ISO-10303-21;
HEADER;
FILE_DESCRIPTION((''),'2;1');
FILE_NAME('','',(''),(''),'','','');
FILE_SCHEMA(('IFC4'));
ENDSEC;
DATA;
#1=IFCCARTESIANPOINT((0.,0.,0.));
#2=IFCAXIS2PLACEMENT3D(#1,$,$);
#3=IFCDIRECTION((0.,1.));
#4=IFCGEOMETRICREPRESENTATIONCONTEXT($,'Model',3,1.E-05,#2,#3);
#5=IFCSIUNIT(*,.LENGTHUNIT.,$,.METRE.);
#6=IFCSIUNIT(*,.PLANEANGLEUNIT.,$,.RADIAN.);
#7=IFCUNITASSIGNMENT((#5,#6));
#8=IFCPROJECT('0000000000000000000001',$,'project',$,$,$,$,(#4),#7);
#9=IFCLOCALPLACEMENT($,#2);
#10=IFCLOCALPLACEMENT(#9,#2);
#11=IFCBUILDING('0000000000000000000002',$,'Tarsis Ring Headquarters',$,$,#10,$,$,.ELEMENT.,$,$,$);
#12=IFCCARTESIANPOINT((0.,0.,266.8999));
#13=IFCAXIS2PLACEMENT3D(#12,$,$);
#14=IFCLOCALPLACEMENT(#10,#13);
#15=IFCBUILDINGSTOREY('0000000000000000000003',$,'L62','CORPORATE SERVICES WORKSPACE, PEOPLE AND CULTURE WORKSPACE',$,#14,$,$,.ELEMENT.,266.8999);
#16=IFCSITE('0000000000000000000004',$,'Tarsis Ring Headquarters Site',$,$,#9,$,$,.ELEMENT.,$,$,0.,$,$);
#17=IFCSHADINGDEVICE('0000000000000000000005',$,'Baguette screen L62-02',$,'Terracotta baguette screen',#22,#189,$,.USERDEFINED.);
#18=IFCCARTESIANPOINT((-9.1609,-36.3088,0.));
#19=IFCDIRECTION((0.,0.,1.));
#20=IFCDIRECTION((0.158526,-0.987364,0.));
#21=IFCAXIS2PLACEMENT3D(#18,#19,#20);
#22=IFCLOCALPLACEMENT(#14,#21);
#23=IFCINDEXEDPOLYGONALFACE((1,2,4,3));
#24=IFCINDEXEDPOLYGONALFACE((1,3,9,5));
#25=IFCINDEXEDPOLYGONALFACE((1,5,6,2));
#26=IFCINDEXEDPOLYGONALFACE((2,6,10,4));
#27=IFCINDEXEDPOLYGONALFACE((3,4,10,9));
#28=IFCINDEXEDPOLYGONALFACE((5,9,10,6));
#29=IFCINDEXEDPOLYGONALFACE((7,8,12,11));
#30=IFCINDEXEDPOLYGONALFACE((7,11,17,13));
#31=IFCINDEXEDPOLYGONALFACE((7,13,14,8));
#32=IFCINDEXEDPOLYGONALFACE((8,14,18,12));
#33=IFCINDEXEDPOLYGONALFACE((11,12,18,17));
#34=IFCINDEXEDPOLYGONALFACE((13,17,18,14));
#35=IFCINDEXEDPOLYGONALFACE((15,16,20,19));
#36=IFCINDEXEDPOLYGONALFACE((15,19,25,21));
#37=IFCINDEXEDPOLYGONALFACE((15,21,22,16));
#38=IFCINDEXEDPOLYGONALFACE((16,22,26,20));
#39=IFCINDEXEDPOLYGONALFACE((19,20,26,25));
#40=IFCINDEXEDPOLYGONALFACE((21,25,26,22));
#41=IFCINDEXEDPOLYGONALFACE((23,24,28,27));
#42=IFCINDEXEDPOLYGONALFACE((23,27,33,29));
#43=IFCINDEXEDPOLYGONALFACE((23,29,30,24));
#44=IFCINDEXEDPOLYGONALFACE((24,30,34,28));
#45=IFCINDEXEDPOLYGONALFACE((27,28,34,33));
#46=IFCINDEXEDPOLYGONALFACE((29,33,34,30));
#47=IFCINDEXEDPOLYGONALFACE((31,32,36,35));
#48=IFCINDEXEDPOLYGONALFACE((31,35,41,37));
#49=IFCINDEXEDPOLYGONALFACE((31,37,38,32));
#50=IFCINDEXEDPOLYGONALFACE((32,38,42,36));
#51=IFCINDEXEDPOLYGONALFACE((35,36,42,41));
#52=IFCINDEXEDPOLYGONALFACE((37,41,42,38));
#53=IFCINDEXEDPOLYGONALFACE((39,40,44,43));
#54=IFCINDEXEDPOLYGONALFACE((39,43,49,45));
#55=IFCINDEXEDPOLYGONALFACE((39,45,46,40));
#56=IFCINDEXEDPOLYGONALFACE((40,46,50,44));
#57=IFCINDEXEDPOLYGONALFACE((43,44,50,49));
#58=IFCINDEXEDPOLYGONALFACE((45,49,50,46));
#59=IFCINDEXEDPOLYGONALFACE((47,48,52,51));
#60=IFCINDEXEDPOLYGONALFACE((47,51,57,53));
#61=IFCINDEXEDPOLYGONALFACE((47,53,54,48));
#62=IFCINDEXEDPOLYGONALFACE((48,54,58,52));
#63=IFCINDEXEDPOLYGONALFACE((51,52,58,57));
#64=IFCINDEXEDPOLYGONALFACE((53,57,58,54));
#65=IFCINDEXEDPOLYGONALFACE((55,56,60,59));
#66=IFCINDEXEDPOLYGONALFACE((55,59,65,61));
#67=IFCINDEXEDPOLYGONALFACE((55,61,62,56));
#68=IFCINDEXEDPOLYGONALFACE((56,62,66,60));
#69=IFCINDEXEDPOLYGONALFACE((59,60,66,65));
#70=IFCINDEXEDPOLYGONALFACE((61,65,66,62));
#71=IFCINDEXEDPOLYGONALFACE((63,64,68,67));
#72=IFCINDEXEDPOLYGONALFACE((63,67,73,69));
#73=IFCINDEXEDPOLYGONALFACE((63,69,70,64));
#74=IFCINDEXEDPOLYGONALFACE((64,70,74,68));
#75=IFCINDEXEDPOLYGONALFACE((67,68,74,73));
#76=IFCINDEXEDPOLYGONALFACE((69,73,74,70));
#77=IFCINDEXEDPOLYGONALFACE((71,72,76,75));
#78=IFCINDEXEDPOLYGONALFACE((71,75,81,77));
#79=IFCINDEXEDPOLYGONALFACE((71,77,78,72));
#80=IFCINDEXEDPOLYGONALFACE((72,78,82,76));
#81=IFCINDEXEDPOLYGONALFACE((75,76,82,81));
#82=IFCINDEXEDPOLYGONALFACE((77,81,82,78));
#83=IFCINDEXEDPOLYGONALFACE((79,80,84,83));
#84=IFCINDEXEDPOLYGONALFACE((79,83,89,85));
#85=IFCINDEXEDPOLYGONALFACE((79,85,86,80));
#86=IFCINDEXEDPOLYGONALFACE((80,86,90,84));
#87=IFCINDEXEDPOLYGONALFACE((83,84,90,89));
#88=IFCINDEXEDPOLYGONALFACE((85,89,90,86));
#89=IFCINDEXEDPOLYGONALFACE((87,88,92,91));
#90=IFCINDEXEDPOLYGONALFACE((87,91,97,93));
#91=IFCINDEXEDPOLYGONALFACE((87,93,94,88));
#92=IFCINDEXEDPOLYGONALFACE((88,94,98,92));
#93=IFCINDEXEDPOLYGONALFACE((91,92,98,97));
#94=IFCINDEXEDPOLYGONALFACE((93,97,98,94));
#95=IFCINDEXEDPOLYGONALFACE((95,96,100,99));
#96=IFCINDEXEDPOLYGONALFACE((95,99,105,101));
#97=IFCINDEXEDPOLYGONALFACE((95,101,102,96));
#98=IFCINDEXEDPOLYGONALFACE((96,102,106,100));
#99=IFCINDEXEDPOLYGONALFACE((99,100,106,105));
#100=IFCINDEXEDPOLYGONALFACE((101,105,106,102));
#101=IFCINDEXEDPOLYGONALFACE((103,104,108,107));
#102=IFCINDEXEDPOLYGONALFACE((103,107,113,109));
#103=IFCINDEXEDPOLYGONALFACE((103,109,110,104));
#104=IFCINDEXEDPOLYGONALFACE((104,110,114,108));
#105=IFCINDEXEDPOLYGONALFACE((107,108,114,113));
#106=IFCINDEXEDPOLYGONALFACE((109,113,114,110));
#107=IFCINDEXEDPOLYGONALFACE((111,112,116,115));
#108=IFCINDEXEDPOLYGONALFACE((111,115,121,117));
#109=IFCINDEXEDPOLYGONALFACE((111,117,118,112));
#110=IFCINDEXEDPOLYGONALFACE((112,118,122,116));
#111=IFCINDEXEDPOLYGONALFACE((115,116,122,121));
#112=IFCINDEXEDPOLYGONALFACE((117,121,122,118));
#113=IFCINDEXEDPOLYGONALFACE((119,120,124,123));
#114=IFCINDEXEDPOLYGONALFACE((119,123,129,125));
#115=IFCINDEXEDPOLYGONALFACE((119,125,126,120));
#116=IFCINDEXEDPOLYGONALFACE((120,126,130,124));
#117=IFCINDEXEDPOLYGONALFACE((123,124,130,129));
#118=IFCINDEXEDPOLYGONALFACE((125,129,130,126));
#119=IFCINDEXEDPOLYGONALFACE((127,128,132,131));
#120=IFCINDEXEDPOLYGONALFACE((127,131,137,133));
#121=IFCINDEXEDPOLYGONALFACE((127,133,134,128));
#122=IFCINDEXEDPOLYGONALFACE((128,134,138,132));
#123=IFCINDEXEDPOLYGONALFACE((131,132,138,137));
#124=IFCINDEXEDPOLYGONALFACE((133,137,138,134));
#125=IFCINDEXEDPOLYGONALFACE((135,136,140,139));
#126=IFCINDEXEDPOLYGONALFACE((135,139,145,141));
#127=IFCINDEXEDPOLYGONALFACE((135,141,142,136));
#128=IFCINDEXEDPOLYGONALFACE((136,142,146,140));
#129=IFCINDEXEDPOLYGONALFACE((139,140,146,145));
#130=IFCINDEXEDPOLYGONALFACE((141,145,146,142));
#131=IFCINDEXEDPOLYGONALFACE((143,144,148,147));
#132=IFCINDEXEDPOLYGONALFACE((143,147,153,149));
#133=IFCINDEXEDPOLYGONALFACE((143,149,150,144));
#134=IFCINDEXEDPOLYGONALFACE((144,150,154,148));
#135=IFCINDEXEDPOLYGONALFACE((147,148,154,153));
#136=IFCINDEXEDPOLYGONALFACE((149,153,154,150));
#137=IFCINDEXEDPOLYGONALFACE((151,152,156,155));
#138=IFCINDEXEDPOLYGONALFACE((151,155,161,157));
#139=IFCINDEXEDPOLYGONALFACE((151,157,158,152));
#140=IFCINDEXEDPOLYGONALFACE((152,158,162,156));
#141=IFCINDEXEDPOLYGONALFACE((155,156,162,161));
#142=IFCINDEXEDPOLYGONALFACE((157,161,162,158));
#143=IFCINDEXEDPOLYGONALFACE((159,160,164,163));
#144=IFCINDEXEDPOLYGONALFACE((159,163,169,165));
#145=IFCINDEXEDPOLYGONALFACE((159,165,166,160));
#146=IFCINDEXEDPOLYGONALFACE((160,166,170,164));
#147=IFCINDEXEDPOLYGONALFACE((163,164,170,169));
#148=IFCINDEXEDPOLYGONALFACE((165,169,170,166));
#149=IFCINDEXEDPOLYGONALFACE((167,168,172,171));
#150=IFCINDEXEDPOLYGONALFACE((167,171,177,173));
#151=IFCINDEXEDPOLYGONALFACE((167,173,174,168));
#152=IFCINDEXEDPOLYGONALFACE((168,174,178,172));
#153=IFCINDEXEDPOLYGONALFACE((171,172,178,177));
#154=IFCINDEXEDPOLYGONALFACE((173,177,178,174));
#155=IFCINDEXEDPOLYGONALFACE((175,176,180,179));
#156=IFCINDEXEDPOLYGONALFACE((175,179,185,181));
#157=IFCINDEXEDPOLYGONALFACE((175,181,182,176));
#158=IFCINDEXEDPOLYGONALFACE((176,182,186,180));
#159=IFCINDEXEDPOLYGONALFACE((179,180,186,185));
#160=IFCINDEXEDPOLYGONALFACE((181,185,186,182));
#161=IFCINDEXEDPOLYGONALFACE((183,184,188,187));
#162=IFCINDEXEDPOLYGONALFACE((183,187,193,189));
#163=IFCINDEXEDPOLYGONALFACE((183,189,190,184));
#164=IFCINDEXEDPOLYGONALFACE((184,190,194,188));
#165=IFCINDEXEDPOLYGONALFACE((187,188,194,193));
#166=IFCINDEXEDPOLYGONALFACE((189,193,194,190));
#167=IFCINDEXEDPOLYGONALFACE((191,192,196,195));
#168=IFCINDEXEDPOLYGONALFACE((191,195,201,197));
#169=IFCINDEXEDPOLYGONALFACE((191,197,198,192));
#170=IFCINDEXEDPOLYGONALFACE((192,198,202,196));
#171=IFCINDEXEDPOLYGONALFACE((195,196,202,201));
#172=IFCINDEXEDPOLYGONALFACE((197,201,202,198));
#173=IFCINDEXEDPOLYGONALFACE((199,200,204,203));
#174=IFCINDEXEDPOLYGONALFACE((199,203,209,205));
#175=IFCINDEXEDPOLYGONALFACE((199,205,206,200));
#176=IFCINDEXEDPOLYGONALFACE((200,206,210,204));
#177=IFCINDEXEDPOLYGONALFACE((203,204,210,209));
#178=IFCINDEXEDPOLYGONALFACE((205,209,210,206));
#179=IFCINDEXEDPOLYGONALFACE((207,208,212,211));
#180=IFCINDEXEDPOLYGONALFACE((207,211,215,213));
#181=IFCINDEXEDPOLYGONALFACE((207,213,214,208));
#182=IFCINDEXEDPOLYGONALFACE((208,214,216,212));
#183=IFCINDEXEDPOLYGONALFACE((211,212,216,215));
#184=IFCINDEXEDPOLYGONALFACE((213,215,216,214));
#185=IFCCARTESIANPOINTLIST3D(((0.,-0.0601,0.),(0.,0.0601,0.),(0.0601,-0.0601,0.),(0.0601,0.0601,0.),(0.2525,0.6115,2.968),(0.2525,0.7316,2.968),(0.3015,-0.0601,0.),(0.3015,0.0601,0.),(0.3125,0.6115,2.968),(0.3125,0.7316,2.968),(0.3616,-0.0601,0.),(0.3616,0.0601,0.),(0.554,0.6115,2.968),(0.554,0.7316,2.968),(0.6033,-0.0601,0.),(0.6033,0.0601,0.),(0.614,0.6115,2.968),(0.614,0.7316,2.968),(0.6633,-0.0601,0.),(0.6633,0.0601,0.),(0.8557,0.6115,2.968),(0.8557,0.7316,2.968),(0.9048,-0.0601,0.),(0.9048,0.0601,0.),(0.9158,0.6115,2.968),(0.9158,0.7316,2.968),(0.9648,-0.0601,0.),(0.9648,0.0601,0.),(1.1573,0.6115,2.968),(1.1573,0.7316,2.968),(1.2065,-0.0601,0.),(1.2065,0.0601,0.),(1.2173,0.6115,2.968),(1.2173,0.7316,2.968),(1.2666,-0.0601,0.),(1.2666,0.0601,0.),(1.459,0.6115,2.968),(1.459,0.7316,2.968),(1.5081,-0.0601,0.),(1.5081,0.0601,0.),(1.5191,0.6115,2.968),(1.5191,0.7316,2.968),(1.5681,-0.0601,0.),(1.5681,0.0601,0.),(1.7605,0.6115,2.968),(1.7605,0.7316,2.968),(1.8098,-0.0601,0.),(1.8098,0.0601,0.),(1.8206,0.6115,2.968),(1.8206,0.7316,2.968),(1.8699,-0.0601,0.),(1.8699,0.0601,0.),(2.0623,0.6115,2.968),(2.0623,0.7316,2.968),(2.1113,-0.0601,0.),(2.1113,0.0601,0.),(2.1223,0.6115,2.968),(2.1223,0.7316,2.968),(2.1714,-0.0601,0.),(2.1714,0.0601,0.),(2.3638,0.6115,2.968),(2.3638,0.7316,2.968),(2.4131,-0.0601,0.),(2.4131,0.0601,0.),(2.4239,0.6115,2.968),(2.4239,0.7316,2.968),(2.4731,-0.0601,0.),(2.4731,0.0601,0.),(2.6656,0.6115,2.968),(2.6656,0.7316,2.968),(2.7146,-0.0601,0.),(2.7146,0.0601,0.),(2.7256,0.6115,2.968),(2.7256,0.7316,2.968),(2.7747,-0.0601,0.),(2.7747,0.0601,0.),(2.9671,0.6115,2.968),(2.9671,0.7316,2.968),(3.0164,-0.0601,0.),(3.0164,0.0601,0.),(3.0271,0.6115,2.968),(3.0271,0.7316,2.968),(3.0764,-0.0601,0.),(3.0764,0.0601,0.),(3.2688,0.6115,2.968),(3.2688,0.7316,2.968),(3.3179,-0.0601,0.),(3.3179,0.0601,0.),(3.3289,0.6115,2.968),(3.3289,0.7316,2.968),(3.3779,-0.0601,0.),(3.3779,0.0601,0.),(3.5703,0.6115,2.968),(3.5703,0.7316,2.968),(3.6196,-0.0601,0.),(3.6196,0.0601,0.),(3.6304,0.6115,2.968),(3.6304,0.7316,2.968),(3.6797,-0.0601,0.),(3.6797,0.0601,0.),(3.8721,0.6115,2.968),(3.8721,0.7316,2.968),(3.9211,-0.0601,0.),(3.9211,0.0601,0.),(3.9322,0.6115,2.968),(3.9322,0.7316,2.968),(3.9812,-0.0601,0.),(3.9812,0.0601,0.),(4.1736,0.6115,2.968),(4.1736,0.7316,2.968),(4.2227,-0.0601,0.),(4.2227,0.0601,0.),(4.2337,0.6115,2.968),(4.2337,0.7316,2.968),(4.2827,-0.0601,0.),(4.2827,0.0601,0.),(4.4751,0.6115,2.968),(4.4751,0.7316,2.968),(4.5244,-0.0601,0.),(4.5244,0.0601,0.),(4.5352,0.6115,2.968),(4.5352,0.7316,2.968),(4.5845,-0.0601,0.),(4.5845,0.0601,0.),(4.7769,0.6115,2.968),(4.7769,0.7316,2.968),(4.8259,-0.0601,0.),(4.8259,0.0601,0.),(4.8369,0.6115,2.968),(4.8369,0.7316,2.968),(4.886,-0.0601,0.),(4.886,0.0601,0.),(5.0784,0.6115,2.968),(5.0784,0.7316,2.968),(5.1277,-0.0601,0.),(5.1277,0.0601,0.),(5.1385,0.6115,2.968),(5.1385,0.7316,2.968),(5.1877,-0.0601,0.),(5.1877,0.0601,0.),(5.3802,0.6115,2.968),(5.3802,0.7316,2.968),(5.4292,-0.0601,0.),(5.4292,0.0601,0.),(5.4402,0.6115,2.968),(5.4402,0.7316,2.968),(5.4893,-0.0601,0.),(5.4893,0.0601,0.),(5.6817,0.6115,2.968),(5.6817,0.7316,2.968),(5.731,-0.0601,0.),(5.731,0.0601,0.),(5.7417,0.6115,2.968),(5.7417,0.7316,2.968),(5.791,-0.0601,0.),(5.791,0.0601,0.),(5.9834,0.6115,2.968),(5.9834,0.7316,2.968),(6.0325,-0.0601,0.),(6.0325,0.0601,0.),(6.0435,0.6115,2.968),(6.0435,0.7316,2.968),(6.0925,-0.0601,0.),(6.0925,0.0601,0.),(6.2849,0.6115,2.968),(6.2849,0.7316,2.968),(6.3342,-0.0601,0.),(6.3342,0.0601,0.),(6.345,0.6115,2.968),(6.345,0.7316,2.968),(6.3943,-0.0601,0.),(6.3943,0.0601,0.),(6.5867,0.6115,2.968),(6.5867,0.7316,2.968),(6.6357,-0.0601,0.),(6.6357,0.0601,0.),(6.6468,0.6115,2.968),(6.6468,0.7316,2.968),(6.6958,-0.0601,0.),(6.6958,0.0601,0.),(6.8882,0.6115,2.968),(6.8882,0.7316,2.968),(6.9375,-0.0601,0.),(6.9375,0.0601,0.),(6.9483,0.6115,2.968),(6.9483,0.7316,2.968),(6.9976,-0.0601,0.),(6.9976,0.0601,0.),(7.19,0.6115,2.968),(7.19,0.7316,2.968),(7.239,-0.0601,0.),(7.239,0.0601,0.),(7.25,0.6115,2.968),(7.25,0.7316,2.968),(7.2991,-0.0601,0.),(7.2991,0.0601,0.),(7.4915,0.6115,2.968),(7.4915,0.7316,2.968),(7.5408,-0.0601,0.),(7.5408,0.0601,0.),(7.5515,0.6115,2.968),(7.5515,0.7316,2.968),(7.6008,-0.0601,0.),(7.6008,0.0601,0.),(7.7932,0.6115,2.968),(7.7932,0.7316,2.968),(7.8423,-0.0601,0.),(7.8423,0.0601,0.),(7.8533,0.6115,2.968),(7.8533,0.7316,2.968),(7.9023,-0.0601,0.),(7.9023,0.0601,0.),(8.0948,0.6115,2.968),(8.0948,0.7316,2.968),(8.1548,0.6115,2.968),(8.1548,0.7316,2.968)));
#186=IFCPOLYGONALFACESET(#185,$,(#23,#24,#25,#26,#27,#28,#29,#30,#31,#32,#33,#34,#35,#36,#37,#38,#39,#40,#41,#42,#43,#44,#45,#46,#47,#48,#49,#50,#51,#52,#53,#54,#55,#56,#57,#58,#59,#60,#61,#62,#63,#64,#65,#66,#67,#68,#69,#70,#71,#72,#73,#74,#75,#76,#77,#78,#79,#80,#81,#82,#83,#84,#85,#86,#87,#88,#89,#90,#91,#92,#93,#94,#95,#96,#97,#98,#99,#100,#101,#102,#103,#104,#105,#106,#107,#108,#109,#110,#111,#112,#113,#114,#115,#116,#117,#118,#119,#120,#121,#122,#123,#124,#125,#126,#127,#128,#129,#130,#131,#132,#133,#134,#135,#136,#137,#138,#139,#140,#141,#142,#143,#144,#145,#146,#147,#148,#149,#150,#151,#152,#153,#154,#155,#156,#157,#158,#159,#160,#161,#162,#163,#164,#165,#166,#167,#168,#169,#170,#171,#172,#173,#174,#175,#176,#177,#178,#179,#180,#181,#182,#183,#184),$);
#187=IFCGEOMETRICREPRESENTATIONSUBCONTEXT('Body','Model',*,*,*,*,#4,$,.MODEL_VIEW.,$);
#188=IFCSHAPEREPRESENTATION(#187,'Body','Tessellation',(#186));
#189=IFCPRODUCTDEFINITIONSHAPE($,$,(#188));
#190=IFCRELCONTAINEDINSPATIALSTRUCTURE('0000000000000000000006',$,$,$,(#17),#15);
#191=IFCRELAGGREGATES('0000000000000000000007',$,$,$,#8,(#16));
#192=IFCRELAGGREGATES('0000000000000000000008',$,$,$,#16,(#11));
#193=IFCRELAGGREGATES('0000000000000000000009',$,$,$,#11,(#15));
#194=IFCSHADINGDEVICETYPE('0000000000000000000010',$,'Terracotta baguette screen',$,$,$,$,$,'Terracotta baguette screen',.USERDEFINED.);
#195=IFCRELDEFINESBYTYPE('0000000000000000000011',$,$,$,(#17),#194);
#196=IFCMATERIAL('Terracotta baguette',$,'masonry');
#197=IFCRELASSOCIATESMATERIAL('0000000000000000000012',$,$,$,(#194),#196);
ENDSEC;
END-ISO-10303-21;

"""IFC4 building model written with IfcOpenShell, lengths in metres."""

from ifc_helpers import new_model, si_unit, direction, frame, frame_2d, origin, place, context, subcontext, project, spatial, rectangle, composite_profile, extrude, material, type_object, element, save


model = new_model("IFC4")

# Units and contexts
model_context = context("Model", 3, precision=1e-05, world=origin(), true_north=direction((0.0, 1.0)))
body_context = subcontext(model_context, "Body", "Model", "MODEL_VIEW")
ifc_project = project(units=[si_unit("LENGTHUNIT", "METRE"), si_unit("PLANEANGLEUNIT", "RADIAN")], contexts=[model_context])

# Site, building, storey
site_placement = place(None, origin())
site = spatial("IfcSite", under=ifc_project, at=site_placement, Name="Tarsis Ring Headquarters Site", CompositionType="ELEMENT", RefElevation=0.0)
building_placement = place(site_placement, origin())
building = spatial("IfcBuilding", under=site, at=building_placement, Name="Tarsis Ring Headquarters", CompositionType="ELEMENT")
storey_placement = place(building_placement, frame((0.0, 0.0, 266.8999)))
storey = spatial("IfcBuildingStorey", under=building, at=storey_placement, Name="L62", Description="CORPORATE SERVICES WORKSPACE, PEOPLE AND CULTURE WORKSPACE", CompositionType="ELEMENT", Elevation=266.8999)

# Shading device
ifc_material_1 = material(Name="Terracotta baguette", Category="masonry")
shading_device_type_1 = type_object("IfcShadingDeviceType", Name="Terracotta baguette screen", ElementType="Terracotta baguette screen", PredefinedType="USERDEFINED", material=ifc_material_1)
shading_device_1_placement = place(storey_placement, frame((-9.1609, -36.3088, 0.0), z_axis=(0.0, 0.0, 1.0), x_axis=(0.158526, -0.987364, 0.0)))
element("IfcShadingDevice", 1, at=shading_device_1_placement, inside=storey, type_object=shading_device_type_1, Name="Baguette screen L62-02", ObjectType="Terracotta baguette screen", PredefinedType="USERDEFINED", context=body_context, shape_type="SweptSolid", body=[
    extrude(composite_profile([rectangle(XDim=0.0601, YDim=0.1201, at=frame_2d((0.03, 0.0))), rectangle(XDim=0.0601, YDim=0.1201, at=frame_2d((0.3315, 0.0))), rectangle(XDim=0.0601, YDim=0.1201, at=frame_2d((0.6333, 0.0))), rectangle(XDim=0.0601, YDim=0.1201, at=frame_2d((0.9348, 0.0))), rectangle(XDim=0.0601, YDim=0.1201, at=frame_2d((1.2366, 0.0))), rectangle(XDim=0.0601, YDim=0.1201, at=frame_2d((1.5381, 0.0))), rectangle(XDim=0.0601, YDim=0.1201, at=frame_2d((1.8398, 0.0))), rectangle(XDim=0.0601, YDim=0.1201, at=frame_2d((2.1414, 0.0))), rectangle(XDim=0.0601, YDim=0.1201, at=frame_2d((2.4431, 0.0))), rectangle(XDim=0.0601, YDim=0.1201, at=frame_2d((2.7446, 0.0))), rectangle(XDim=0.0601, YDim=0.1201, at=frame_2d((3.0464, 0.0))), rectangle(XDim=0.0601, YDim=0.1201, at=frame_2d((3.3479, 0.0))), rectangle(XDim=0.0601, YDim=0.1201, at=frame_2d((3.6497, 0.0))), rectangle(XDim=0.0601, YDim=0.1201, at=frame_2d((3.9512, 0.0))), rectangle(XDim=0.0601, YDim=0.1201, at=frame_2d((4.2527, 0.0))), rectangle(XDim=0.0601, YDim=0.1201, at=frame_2d((4.5544, 0.0))), rectangle(XDim=0.0601, YDim=0.1201, at=frame_2d((4.856, 0.0))), rectangle(XDim=0.0601, YDim=0.1201, at=frame_2d((5.1577, 0.0))), rectangle(XDim=0.0601, YDim=0.1201, at=frame_2d((5.4592, 0.0))), rectangle(XDim=0.0601, YDim=0.1201, at=frame_2d((5.761, 0.0))), rectangle(XDim=0.0601, YDim=0.1201, at=frame_2d((6.0625, 0.0))), rectangle(XDim=0.0601, YDim=0.1201, at=frame_2d((6.3643, 0.0))), rectangle(XDim=0.0601, YDim=0.1201, at=frame_2d((6.6658, 0.0))), rectangle(XDim=0.0601, YDim=0.1201, at=frame_2d((6.9675, 0.0))), rectangle(XDim=0.0601, YDim=0.1201, at=frame_2d((7.269, 0.0))), rectangle(XDim=0.0601, YDim=0.1201, at=frame_2d((7.5708, 0.0))), rectangle(XDim=0.0601, YDim=0.1201, at=frame_2d((7.8723, 0.0)))]), origin(), (0.082683, 0.219923, 0.972007), 3.0535),
])

save(model, "model.ifc")
